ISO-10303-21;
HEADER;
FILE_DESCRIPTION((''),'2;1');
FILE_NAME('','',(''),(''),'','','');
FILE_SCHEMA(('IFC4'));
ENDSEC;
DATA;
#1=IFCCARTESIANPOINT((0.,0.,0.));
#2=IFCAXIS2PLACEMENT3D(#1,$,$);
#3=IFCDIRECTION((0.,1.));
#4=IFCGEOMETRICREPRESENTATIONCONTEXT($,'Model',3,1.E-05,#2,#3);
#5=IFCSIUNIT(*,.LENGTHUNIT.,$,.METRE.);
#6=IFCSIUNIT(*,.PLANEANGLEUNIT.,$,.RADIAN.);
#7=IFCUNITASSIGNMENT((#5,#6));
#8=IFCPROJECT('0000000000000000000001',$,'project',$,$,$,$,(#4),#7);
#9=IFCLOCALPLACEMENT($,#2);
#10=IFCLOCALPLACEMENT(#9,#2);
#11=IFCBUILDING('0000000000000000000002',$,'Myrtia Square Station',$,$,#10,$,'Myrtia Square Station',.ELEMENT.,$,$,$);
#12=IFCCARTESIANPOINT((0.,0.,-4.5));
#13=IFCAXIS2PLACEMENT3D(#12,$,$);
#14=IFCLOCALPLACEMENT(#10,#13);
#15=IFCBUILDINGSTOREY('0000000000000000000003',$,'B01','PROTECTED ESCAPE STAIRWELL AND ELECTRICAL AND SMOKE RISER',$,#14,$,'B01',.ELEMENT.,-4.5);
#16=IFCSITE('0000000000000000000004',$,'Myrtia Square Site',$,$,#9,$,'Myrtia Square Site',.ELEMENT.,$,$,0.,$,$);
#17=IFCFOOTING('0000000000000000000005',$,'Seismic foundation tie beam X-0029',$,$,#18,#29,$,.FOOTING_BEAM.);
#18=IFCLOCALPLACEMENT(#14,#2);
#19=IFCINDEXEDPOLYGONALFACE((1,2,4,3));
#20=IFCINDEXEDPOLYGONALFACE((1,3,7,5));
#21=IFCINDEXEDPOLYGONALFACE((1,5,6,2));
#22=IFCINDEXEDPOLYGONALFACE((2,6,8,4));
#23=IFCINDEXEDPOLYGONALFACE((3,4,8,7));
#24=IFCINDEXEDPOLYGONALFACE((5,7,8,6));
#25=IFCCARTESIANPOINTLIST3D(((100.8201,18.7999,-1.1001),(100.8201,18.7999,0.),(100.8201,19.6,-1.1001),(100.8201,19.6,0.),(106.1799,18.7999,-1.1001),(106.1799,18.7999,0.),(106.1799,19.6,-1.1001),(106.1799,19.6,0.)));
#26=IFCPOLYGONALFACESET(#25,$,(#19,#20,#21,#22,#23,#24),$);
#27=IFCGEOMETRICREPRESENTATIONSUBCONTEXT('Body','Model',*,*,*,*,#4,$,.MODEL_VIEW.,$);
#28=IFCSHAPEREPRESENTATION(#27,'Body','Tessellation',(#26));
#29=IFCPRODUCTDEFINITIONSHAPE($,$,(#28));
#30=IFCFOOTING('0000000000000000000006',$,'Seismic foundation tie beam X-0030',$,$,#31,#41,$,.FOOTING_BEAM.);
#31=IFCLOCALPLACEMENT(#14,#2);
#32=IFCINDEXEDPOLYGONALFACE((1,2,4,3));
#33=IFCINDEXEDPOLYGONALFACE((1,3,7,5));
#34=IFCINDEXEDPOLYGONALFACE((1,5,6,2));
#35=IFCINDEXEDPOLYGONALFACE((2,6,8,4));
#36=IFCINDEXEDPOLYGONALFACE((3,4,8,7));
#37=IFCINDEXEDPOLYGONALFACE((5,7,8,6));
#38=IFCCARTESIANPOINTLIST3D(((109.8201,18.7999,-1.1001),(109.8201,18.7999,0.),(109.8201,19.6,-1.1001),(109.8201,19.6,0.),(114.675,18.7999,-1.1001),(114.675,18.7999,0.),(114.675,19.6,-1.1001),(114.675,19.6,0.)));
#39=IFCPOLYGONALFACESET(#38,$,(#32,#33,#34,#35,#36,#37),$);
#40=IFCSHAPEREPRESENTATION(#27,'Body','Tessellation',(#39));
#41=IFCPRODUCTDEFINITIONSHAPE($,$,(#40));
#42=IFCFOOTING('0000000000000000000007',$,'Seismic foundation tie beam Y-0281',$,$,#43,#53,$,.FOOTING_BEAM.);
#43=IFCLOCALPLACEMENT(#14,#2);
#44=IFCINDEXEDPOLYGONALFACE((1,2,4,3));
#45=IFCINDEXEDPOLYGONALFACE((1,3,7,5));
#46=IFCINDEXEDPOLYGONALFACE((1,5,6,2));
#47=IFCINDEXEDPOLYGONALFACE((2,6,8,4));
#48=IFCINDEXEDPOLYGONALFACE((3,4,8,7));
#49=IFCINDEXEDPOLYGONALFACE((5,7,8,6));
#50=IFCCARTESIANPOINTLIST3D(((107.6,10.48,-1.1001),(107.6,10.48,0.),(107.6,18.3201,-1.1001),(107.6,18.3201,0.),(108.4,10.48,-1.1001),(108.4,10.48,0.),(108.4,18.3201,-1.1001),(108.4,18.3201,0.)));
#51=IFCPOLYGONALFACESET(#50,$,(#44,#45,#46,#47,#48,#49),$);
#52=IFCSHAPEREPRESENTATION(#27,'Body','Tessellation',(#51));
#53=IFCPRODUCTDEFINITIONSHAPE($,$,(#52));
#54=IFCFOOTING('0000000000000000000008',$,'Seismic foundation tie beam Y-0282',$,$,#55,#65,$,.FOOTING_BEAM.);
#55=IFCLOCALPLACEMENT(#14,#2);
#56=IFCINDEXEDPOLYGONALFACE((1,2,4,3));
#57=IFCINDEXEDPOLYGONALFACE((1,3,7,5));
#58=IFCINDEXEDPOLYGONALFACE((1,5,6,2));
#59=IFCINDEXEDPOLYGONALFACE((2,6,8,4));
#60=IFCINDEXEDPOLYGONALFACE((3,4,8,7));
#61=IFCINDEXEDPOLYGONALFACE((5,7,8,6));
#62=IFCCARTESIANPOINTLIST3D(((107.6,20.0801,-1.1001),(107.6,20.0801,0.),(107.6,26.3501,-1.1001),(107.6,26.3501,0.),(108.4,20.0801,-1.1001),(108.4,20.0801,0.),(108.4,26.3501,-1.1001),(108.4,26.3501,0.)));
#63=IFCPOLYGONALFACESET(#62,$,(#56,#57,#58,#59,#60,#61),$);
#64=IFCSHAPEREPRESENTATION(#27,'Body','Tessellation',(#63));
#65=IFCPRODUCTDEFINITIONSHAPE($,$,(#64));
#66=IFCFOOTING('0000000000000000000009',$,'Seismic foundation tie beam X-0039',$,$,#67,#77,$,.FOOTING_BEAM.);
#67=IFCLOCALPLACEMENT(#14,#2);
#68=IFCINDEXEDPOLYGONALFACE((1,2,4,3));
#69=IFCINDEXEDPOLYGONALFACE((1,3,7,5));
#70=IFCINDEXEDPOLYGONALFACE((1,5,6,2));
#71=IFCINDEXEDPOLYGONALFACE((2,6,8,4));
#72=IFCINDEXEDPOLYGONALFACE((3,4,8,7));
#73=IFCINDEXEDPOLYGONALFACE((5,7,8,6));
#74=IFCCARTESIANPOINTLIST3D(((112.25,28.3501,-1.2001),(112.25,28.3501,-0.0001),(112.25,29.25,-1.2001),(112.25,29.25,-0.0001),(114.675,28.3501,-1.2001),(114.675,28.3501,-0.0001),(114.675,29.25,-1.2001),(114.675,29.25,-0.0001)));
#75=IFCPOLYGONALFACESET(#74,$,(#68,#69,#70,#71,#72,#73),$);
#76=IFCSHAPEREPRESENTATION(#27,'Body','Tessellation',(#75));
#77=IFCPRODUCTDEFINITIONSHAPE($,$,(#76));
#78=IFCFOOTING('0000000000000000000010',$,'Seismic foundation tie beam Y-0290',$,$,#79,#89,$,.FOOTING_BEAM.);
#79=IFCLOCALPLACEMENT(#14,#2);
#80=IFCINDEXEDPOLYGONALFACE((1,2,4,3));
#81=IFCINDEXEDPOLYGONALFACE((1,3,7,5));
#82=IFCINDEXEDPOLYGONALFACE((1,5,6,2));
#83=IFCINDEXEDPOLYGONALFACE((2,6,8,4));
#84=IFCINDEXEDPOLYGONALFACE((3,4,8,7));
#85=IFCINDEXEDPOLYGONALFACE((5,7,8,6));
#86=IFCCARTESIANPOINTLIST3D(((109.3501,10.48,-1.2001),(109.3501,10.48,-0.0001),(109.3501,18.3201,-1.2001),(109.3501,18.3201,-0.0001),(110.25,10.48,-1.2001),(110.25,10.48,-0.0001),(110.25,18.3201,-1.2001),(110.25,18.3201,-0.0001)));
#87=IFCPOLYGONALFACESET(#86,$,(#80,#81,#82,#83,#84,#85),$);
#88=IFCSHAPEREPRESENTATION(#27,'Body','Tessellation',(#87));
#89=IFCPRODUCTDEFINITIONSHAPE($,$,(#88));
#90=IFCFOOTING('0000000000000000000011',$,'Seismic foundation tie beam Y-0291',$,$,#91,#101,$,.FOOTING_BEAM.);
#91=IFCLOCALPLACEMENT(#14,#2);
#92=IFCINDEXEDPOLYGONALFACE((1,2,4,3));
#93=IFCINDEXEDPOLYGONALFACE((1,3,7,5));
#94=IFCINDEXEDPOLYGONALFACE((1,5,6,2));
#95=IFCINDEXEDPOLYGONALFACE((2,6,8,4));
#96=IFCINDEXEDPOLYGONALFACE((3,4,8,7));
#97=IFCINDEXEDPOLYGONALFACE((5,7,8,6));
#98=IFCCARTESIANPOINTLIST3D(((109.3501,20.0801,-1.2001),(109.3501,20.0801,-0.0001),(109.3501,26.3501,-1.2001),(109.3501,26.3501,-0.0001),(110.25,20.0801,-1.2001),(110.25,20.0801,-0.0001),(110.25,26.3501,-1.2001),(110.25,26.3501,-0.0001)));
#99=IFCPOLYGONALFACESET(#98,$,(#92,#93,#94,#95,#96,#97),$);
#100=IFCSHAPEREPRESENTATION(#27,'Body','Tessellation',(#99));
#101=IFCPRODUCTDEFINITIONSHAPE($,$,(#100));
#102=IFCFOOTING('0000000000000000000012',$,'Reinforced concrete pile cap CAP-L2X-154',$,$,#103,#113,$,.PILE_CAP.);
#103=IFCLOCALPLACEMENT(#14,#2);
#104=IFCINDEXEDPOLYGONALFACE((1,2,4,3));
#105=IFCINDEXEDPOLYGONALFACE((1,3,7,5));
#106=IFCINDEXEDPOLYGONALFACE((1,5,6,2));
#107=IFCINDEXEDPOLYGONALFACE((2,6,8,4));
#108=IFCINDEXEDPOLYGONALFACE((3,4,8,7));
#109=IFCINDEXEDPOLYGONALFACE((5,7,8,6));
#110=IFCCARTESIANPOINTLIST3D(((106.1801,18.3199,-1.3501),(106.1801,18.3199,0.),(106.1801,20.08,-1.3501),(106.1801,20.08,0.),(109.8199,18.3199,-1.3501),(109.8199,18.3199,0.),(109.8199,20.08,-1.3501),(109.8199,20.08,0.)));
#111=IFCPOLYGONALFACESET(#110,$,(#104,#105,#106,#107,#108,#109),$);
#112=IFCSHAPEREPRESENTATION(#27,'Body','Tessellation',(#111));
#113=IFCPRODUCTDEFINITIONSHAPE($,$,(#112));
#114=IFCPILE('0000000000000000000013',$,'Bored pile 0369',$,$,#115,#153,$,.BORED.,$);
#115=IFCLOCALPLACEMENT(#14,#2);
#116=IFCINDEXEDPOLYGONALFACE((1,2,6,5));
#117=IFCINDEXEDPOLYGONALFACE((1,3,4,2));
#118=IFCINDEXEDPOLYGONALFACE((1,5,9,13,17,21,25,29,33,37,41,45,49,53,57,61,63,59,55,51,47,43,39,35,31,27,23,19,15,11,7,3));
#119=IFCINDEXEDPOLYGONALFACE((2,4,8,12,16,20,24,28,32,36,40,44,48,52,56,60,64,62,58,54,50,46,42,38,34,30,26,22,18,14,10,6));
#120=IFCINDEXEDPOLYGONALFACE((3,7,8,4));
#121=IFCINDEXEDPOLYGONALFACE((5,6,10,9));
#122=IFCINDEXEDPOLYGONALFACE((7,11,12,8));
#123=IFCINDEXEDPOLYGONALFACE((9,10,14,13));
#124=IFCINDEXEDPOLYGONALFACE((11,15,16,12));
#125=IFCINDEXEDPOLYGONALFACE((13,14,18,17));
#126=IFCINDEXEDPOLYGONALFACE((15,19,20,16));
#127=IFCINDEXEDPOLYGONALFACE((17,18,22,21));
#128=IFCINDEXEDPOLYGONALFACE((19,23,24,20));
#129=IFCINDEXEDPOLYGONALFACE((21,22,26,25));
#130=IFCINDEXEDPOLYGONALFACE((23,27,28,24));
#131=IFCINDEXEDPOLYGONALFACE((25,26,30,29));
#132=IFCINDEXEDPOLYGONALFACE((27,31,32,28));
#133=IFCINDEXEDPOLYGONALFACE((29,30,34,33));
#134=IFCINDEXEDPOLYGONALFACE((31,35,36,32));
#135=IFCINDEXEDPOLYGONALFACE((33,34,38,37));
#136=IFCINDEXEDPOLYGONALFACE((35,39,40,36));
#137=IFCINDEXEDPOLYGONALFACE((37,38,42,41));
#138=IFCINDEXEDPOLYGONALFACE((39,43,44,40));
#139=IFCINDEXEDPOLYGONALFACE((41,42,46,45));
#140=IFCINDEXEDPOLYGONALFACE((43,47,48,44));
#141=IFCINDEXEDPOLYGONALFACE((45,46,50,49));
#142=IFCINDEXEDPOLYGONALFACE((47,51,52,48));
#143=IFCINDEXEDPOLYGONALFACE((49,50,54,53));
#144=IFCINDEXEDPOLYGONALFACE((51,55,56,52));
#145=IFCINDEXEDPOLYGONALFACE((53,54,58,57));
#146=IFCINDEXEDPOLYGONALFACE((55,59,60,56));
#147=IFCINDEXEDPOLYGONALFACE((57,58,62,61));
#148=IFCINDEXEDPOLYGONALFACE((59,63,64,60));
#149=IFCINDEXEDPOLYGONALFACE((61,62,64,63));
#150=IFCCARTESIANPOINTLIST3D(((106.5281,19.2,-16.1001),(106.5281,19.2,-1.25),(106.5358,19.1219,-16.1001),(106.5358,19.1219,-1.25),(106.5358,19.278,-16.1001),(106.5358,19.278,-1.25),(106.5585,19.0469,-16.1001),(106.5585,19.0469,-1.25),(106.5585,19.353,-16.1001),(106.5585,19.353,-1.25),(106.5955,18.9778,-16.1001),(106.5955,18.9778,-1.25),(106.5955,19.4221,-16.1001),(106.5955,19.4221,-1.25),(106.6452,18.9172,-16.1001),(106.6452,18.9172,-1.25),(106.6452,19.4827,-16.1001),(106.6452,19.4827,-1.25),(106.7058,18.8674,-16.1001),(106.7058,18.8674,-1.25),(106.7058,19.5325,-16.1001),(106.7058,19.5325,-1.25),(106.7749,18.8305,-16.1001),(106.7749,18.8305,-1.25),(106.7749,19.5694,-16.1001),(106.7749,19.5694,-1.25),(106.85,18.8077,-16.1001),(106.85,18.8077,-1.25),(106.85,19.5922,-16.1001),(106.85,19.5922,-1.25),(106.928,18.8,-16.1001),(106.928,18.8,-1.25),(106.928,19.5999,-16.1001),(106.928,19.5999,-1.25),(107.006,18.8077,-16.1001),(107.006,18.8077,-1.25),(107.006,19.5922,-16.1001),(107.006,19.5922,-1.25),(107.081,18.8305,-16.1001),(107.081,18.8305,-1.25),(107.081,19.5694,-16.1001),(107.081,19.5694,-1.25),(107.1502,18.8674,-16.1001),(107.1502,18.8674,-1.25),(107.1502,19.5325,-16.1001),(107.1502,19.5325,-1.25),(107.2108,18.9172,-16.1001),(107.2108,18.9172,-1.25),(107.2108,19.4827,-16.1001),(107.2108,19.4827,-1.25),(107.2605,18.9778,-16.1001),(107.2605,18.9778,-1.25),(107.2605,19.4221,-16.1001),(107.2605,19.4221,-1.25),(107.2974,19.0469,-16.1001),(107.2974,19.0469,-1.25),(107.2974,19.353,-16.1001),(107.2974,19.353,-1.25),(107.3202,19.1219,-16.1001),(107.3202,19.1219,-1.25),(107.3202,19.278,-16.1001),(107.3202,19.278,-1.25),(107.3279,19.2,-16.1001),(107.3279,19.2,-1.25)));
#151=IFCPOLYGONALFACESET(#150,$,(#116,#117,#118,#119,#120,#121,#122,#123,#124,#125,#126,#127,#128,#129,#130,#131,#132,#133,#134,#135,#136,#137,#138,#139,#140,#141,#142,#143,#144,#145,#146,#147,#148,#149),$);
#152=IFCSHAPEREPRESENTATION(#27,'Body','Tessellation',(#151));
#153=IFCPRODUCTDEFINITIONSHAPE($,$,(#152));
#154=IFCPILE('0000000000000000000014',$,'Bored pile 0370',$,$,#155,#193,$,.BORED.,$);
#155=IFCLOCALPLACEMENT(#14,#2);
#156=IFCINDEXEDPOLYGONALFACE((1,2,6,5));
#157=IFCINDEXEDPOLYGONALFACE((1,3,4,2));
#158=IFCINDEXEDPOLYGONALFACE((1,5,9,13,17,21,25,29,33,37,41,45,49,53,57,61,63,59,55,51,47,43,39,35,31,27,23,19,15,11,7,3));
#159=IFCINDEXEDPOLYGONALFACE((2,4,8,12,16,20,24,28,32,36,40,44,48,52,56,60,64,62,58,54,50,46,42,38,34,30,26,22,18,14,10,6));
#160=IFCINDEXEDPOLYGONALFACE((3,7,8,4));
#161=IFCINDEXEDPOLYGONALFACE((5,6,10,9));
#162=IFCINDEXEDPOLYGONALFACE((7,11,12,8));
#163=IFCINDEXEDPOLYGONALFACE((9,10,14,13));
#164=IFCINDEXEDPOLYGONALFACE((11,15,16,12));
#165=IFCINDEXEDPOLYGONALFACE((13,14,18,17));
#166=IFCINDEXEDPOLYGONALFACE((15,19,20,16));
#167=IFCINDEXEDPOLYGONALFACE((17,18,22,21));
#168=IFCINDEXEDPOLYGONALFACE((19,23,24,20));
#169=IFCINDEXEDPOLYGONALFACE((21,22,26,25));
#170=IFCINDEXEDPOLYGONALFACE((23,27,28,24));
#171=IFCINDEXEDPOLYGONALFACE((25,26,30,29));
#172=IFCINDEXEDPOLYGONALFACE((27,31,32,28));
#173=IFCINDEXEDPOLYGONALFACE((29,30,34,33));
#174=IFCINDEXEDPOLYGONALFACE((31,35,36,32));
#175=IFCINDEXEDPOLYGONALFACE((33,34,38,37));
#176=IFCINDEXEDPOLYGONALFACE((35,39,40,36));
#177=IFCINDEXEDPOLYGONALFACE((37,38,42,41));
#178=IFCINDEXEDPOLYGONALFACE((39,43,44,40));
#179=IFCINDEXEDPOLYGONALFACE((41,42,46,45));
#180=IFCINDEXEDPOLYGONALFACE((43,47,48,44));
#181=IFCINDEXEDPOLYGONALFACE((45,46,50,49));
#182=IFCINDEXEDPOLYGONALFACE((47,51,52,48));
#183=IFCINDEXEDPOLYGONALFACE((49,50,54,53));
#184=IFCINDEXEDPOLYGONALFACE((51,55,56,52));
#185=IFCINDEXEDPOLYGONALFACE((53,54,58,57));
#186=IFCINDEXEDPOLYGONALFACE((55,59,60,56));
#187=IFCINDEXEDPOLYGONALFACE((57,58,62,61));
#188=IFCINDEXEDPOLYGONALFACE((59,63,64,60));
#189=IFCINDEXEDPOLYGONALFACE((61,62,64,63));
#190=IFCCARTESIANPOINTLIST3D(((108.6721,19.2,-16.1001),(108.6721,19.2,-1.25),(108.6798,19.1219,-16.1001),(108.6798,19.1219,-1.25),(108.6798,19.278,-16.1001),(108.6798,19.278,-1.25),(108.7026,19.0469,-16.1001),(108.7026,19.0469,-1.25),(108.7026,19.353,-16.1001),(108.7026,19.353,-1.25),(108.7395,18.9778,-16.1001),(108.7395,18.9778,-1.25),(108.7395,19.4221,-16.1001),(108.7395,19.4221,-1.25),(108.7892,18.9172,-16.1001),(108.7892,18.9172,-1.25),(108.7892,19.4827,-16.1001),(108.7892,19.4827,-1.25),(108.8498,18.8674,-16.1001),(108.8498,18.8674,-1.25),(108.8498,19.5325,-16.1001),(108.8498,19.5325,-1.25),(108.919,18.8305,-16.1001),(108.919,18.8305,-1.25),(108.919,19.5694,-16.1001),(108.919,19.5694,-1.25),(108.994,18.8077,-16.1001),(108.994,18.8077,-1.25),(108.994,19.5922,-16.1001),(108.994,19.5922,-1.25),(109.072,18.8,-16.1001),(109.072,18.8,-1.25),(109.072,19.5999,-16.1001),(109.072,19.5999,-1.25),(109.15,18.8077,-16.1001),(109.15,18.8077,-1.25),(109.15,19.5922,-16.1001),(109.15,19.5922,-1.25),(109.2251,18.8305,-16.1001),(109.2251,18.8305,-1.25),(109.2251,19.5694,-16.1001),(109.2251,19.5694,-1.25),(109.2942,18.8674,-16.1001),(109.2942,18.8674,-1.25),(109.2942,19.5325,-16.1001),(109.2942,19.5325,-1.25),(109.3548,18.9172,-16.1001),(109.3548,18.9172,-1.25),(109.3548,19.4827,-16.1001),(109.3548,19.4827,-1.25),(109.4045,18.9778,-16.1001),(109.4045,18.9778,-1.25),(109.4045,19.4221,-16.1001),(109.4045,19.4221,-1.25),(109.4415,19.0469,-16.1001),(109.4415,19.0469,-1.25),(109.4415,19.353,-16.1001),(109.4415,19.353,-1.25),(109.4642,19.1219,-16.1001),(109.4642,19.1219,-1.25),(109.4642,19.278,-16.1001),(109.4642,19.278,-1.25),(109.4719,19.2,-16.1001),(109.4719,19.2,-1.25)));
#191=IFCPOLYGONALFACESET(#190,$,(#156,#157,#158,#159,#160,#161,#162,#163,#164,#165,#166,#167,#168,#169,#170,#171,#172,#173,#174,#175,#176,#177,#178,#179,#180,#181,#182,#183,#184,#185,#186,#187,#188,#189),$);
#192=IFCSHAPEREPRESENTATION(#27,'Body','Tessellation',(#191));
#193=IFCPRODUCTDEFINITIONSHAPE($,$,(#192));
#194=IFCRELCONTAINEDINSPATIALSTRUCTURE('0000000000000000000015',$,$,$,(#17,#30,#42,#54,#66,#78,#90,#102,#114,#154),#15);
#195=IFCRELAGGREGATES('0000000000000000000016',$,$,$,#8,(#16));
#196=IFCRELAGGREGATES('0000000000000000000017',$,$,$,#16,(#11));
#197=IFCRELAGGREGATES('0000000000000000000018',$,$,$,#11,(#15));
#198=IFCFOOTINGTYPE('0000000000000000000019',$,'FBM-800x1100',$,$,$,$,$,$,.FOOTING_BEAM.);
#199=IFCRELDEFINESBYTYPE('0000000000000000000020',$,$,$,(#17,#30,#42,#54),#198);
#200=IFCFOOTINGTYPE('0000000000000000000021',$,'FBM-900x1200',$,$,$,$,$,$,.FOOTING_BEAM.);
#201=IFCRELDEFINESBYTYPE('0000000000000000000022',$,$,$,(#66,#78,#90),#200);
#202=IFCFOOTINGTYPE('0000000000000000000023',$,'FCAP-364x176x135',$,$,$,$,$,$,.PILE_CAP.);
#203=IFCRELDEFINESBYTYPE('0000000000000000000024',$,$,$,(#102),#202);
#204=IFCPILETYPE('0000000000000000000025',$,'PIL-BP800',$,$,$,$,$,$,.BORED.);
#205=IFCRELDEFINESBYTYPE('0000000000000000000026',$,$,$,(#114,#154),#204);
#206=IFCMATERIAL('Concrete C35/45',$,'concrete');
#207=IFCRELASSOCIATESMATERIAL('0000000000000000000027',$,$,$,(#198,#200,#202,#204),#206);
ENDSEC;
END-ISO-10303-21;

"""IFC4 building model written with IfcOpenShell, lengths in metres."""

from ifc_helpers import new_model, si_unit, direction, frame, origin, origin_2d, place, context, subcontext, project, spatial, rectangle, circle, extrude, material, material_profile, profile_set, type_object, element, save


model = new_model("IFC4")

# Units and contexts
model_context = context("Model", 3, precision=1e-05, world=origin(), true_north=direction((0.0, 1.0)))
body_context = subcontext(model_context, "Body", "Model", "MODEL_VIEW")
ifc_project = project(units=[si_unit("LENGTHUNIT", "METRE"), si_unit("PLANEANGLEUNIT", "RADIAN")], contexts=[model_context])

# Site, building, storey
site_placement = place(None, origin())
site = spatial("IfcSite", under=ifc_project, at=site_placement, Name="Myrtia Square Site", LongName="Myrtia Square Site", CompositionType="ELEMENT", RefElevation=0.0)
building_placement = place(site_placement, origin())
building = spatial("IfcBuilding", under=site, at=building_placement, Name="Myrtia Square Station", LongName="Myrtia Square Station", CompositionType="ELEMENT")
storey_placement = place(building_placement, frame((0.0, 0.0, -4.5)))
storey = spatial("IfcBuildingStorey", under=building, at=storey_placement, Name="B01", Description="PROTECTED ESCAPE STAIRWELL AND ELECTRICAL AND SMOKE RISER", LongName="B01", CompositionType="ELEMENT", Elevation=-4.5)

# Footings
ifc_material_1 = material(Name="Concrete C35/45", Category="concrete")
ifc_material_profile_1 = material_profile(ifc_material_1, rectangle(XDim=0.8, YDim=1.1001, at=origin_2d()), Name="FB 800x1100")
ifc_profile_set_1 = profile_set([ifc_material_profile_1], Name="Concrete C35/45")
footing_type_1 = type_object("IfcFootingType", Name="FBM-800x1100", PredefinedType="FOOTING_BEAM", material=ifc_profile_set_1)
footing_1_placement = place(storey_placement, frame((100.8201, 19.2, -0.55), z_axis=(1.0, 0.0, 0.0), x_axis=(0.0, 1.0, 0.0)))
element("IfcFooting", 1, at=footing_1_placement, inside=storey, type_object=footing_type_1, Name="Seismic foundation tie beam X-0029", PredefinedType="FOOTING_BEAM", context=body_context, shape_type="SweptSolid", body=[
    extrude(rectangle(XDim=0.8, YDim=1.1001, at=origin_2d()), origin(), (0.0, 0.0, 1.0), 5.3599),
])
footing_2_placement = place(storey_placement, frame((109.8201, 19.2, -0.55), z_axis=(1.0, 0.0, 0.0), x_axis=(0.0, 1.0, 0.0)))
element("IfcFooting", 2, at=footing_2_placement, inside=storey, type_object=footing_type_1, Name="Seismic foundation tie beam X-0030", PredefinedType="FOOTING_BEAM", context=body_context, shape_type="SweptSolid", body=[
    extrude(rectangle(XDim=0.8, YDim=1.1001, at=origin_2d()), origin(), (0.0, 0.0, 1.0), 4.855),
])
footing_3_placement = place(storey_placement, frame((108.0, 10.48, -0.55), z_axis=(0.0, 1.0, 0.0), x_axis=(-1.0, 0.0, 0.0)))
element("IfcFooting", 3, at=footing_3_placement, inside=storey, type_object=footing_type_1, Name="Seismic foundation tie beam Y-0281", PredefinedType="FOOTING_BEAM", context=body_context, shape_type="SweptSolid", body=[
    extrude(rectangle(XDim=0.8, YDim=1.1001, at=origin_2d()), origin(), (0.0, 0.0, 1.0), 7.8401),
])
footing_4_placement = place(storey_placement, frame((108.0, 20.0801, -0.55), z_axis=(0.0, 1.0, 0.0), x_axis=(-1.0, 0.0, 0.0)))
element("IfcFooting", 4, at=footing_4_placement, inside=storey, type_object=footing_type_1, Name="Seismic foundation tie beam Y-0282", PredefinedType="FOOTING_BEAM", context=body_context, shape_type="SweptSolid", body=[
    extrude(rectangle(XDim=0.8, YDim=1.1001, at=origin_2d()), origin(), (0.0, 0.0, 1.0), 6.27),
])
ifc_material_profile_2 = material_profile(ifc_material_1, rectangle(XDim=0.8999, YDim=1.2, at=origin_2d()), Name="FB 900x1200")
ifc_profile_set_2 = profile_set([ifc_material_profile_2], Name="Concrete C35/45")
footing_type_2 = type_object("IfcFootingType", Name="FBM-900x1200", PredefinedType="FOOTING_BEAM", material=ifc_profile_set_2)
footing_5_placement = place(storey_placement, frame((112.25, 28.8, -0.6001), z_axis=(1.0, 0.0, 0.0), x_axis=(0.0, 1.0, 0.0)))
element("IfcFooting", 5, at=footing_5_placement, inside=storey, type_object=footing_type_2, Name="Seismic foundation tie beam X-0039", PredefinedType="FOOTING_BEAM", context=body_context, shape_type="SweptSolid", body=[
    extrude(rectangle(XDim=0.8999, YDim=1.2, at=origin_2d()), origin(), (0.0, 0.0, 1.0), 2.425),
])
footing_6_placement = place(storey_placement, frame((109.8, 10.48, -0.6001), z_axis=(0.0, 1.0, 0.0), x_axis=(-1.0, 0.0, 0.0)))
element("IfcFooting", 6, at=footing_6_placement, inside=storey, type_object=footing_type_2, Name="Seismic foundation tie beam Y-0290", PredefinedType="FOOTING_BEAM", context=body_context, shape_type="SweptSolid", body=[
    extrude(rectangle(XDim=0.8999, YDim=1.2, at=origin_2d()), origin(), (0.0, 0.0, 1.0), 7.8401),
])
footing_7_placement = place(storey_placement, frame((109.8, 20.0801, -0.6001), z_axis=(0.0, 1.0, 0.0), x_axis=(-1.0, 0.0, 0.0)))
element("IfcFooting", 7, at=footing_7_placement, inside=storey, type_object=footing_type_2, Name="Seismic foundation tie beam Y-0291", PredefinedType="FOOTING_BEAM", context=body_context, shape_type="SweptSolid", body=[
    extrude(rectangle(XDim=0.8999, YDim=1.2, at=origin_2d()), origin(), (0.0, 0.0, 1.0), 6.27),
])
footing_type_3 = type_object("IfcFootingType", Name="FCAP-364x176x135", PredefinedType="PILE_CAP", material=ifc_material_1)
footing_8_placement = place(storey_placement, frame((108.0, 19.2, -1.3501), z_axis=(0.0, 0.0, 1.0), x_axis=(1.0, 0.0, 0.0)))
element("IfcFooting", 8, at=footing_8_placement, inside=storey, type_object=footing_type_3, Name="Reinforced concrete pile cap CAP-L2X-154", PredefinedType="PILE_CAP", context=body_context, shape_type="SweptSolid", body=[
    extrude(rectangle(XDim=3.6399, YDim=1.76, at=origin_2d()), origin(), (0.0, 0.0, 1.0), 1.3501),
])

# Piles
ifc_material_profile_3 = material_profile(ifc_material_1, circle(Radius=0.3999, at=origin_2d()), Name="BP D800")
ifc_profile_set_3 = profile_set([ifc_material_profile_3], Name="Concrete C35/45")
pile_type = type_object("IfcPileType", Name="PIL-BP800", PredefinedType="BORED", material=ifc_profile_set_3)
for number, where, z_axis, x_axis, name in (
    (9, (106.928, 19.2, -1.25), (0.0, 0.0, -1.0), (1.0, 0.0, 0.0), "Bored pile 0369"),
    (10, (109.072, 19.2, -1.25), (0.0, 0.0, -1.0), (1.0, 0.0, 0.0), "Bored pile 0370"),
):
    element("IfcPile", number, at=place(storey_placement, frame(where, z_axis=z_axis, x_axis=x_axis)), inside=storey, type_object=pile_type, Name=name, PredefinedType="BORED", context=body_context, shape_type="SweptSolid", body=[
        extrude(circle(Radius=0.3999, at=origin_2d()), origin(), (0.0, 0.0, 1.0), 14.8501),
    ])

save(model, "model.ifc")
